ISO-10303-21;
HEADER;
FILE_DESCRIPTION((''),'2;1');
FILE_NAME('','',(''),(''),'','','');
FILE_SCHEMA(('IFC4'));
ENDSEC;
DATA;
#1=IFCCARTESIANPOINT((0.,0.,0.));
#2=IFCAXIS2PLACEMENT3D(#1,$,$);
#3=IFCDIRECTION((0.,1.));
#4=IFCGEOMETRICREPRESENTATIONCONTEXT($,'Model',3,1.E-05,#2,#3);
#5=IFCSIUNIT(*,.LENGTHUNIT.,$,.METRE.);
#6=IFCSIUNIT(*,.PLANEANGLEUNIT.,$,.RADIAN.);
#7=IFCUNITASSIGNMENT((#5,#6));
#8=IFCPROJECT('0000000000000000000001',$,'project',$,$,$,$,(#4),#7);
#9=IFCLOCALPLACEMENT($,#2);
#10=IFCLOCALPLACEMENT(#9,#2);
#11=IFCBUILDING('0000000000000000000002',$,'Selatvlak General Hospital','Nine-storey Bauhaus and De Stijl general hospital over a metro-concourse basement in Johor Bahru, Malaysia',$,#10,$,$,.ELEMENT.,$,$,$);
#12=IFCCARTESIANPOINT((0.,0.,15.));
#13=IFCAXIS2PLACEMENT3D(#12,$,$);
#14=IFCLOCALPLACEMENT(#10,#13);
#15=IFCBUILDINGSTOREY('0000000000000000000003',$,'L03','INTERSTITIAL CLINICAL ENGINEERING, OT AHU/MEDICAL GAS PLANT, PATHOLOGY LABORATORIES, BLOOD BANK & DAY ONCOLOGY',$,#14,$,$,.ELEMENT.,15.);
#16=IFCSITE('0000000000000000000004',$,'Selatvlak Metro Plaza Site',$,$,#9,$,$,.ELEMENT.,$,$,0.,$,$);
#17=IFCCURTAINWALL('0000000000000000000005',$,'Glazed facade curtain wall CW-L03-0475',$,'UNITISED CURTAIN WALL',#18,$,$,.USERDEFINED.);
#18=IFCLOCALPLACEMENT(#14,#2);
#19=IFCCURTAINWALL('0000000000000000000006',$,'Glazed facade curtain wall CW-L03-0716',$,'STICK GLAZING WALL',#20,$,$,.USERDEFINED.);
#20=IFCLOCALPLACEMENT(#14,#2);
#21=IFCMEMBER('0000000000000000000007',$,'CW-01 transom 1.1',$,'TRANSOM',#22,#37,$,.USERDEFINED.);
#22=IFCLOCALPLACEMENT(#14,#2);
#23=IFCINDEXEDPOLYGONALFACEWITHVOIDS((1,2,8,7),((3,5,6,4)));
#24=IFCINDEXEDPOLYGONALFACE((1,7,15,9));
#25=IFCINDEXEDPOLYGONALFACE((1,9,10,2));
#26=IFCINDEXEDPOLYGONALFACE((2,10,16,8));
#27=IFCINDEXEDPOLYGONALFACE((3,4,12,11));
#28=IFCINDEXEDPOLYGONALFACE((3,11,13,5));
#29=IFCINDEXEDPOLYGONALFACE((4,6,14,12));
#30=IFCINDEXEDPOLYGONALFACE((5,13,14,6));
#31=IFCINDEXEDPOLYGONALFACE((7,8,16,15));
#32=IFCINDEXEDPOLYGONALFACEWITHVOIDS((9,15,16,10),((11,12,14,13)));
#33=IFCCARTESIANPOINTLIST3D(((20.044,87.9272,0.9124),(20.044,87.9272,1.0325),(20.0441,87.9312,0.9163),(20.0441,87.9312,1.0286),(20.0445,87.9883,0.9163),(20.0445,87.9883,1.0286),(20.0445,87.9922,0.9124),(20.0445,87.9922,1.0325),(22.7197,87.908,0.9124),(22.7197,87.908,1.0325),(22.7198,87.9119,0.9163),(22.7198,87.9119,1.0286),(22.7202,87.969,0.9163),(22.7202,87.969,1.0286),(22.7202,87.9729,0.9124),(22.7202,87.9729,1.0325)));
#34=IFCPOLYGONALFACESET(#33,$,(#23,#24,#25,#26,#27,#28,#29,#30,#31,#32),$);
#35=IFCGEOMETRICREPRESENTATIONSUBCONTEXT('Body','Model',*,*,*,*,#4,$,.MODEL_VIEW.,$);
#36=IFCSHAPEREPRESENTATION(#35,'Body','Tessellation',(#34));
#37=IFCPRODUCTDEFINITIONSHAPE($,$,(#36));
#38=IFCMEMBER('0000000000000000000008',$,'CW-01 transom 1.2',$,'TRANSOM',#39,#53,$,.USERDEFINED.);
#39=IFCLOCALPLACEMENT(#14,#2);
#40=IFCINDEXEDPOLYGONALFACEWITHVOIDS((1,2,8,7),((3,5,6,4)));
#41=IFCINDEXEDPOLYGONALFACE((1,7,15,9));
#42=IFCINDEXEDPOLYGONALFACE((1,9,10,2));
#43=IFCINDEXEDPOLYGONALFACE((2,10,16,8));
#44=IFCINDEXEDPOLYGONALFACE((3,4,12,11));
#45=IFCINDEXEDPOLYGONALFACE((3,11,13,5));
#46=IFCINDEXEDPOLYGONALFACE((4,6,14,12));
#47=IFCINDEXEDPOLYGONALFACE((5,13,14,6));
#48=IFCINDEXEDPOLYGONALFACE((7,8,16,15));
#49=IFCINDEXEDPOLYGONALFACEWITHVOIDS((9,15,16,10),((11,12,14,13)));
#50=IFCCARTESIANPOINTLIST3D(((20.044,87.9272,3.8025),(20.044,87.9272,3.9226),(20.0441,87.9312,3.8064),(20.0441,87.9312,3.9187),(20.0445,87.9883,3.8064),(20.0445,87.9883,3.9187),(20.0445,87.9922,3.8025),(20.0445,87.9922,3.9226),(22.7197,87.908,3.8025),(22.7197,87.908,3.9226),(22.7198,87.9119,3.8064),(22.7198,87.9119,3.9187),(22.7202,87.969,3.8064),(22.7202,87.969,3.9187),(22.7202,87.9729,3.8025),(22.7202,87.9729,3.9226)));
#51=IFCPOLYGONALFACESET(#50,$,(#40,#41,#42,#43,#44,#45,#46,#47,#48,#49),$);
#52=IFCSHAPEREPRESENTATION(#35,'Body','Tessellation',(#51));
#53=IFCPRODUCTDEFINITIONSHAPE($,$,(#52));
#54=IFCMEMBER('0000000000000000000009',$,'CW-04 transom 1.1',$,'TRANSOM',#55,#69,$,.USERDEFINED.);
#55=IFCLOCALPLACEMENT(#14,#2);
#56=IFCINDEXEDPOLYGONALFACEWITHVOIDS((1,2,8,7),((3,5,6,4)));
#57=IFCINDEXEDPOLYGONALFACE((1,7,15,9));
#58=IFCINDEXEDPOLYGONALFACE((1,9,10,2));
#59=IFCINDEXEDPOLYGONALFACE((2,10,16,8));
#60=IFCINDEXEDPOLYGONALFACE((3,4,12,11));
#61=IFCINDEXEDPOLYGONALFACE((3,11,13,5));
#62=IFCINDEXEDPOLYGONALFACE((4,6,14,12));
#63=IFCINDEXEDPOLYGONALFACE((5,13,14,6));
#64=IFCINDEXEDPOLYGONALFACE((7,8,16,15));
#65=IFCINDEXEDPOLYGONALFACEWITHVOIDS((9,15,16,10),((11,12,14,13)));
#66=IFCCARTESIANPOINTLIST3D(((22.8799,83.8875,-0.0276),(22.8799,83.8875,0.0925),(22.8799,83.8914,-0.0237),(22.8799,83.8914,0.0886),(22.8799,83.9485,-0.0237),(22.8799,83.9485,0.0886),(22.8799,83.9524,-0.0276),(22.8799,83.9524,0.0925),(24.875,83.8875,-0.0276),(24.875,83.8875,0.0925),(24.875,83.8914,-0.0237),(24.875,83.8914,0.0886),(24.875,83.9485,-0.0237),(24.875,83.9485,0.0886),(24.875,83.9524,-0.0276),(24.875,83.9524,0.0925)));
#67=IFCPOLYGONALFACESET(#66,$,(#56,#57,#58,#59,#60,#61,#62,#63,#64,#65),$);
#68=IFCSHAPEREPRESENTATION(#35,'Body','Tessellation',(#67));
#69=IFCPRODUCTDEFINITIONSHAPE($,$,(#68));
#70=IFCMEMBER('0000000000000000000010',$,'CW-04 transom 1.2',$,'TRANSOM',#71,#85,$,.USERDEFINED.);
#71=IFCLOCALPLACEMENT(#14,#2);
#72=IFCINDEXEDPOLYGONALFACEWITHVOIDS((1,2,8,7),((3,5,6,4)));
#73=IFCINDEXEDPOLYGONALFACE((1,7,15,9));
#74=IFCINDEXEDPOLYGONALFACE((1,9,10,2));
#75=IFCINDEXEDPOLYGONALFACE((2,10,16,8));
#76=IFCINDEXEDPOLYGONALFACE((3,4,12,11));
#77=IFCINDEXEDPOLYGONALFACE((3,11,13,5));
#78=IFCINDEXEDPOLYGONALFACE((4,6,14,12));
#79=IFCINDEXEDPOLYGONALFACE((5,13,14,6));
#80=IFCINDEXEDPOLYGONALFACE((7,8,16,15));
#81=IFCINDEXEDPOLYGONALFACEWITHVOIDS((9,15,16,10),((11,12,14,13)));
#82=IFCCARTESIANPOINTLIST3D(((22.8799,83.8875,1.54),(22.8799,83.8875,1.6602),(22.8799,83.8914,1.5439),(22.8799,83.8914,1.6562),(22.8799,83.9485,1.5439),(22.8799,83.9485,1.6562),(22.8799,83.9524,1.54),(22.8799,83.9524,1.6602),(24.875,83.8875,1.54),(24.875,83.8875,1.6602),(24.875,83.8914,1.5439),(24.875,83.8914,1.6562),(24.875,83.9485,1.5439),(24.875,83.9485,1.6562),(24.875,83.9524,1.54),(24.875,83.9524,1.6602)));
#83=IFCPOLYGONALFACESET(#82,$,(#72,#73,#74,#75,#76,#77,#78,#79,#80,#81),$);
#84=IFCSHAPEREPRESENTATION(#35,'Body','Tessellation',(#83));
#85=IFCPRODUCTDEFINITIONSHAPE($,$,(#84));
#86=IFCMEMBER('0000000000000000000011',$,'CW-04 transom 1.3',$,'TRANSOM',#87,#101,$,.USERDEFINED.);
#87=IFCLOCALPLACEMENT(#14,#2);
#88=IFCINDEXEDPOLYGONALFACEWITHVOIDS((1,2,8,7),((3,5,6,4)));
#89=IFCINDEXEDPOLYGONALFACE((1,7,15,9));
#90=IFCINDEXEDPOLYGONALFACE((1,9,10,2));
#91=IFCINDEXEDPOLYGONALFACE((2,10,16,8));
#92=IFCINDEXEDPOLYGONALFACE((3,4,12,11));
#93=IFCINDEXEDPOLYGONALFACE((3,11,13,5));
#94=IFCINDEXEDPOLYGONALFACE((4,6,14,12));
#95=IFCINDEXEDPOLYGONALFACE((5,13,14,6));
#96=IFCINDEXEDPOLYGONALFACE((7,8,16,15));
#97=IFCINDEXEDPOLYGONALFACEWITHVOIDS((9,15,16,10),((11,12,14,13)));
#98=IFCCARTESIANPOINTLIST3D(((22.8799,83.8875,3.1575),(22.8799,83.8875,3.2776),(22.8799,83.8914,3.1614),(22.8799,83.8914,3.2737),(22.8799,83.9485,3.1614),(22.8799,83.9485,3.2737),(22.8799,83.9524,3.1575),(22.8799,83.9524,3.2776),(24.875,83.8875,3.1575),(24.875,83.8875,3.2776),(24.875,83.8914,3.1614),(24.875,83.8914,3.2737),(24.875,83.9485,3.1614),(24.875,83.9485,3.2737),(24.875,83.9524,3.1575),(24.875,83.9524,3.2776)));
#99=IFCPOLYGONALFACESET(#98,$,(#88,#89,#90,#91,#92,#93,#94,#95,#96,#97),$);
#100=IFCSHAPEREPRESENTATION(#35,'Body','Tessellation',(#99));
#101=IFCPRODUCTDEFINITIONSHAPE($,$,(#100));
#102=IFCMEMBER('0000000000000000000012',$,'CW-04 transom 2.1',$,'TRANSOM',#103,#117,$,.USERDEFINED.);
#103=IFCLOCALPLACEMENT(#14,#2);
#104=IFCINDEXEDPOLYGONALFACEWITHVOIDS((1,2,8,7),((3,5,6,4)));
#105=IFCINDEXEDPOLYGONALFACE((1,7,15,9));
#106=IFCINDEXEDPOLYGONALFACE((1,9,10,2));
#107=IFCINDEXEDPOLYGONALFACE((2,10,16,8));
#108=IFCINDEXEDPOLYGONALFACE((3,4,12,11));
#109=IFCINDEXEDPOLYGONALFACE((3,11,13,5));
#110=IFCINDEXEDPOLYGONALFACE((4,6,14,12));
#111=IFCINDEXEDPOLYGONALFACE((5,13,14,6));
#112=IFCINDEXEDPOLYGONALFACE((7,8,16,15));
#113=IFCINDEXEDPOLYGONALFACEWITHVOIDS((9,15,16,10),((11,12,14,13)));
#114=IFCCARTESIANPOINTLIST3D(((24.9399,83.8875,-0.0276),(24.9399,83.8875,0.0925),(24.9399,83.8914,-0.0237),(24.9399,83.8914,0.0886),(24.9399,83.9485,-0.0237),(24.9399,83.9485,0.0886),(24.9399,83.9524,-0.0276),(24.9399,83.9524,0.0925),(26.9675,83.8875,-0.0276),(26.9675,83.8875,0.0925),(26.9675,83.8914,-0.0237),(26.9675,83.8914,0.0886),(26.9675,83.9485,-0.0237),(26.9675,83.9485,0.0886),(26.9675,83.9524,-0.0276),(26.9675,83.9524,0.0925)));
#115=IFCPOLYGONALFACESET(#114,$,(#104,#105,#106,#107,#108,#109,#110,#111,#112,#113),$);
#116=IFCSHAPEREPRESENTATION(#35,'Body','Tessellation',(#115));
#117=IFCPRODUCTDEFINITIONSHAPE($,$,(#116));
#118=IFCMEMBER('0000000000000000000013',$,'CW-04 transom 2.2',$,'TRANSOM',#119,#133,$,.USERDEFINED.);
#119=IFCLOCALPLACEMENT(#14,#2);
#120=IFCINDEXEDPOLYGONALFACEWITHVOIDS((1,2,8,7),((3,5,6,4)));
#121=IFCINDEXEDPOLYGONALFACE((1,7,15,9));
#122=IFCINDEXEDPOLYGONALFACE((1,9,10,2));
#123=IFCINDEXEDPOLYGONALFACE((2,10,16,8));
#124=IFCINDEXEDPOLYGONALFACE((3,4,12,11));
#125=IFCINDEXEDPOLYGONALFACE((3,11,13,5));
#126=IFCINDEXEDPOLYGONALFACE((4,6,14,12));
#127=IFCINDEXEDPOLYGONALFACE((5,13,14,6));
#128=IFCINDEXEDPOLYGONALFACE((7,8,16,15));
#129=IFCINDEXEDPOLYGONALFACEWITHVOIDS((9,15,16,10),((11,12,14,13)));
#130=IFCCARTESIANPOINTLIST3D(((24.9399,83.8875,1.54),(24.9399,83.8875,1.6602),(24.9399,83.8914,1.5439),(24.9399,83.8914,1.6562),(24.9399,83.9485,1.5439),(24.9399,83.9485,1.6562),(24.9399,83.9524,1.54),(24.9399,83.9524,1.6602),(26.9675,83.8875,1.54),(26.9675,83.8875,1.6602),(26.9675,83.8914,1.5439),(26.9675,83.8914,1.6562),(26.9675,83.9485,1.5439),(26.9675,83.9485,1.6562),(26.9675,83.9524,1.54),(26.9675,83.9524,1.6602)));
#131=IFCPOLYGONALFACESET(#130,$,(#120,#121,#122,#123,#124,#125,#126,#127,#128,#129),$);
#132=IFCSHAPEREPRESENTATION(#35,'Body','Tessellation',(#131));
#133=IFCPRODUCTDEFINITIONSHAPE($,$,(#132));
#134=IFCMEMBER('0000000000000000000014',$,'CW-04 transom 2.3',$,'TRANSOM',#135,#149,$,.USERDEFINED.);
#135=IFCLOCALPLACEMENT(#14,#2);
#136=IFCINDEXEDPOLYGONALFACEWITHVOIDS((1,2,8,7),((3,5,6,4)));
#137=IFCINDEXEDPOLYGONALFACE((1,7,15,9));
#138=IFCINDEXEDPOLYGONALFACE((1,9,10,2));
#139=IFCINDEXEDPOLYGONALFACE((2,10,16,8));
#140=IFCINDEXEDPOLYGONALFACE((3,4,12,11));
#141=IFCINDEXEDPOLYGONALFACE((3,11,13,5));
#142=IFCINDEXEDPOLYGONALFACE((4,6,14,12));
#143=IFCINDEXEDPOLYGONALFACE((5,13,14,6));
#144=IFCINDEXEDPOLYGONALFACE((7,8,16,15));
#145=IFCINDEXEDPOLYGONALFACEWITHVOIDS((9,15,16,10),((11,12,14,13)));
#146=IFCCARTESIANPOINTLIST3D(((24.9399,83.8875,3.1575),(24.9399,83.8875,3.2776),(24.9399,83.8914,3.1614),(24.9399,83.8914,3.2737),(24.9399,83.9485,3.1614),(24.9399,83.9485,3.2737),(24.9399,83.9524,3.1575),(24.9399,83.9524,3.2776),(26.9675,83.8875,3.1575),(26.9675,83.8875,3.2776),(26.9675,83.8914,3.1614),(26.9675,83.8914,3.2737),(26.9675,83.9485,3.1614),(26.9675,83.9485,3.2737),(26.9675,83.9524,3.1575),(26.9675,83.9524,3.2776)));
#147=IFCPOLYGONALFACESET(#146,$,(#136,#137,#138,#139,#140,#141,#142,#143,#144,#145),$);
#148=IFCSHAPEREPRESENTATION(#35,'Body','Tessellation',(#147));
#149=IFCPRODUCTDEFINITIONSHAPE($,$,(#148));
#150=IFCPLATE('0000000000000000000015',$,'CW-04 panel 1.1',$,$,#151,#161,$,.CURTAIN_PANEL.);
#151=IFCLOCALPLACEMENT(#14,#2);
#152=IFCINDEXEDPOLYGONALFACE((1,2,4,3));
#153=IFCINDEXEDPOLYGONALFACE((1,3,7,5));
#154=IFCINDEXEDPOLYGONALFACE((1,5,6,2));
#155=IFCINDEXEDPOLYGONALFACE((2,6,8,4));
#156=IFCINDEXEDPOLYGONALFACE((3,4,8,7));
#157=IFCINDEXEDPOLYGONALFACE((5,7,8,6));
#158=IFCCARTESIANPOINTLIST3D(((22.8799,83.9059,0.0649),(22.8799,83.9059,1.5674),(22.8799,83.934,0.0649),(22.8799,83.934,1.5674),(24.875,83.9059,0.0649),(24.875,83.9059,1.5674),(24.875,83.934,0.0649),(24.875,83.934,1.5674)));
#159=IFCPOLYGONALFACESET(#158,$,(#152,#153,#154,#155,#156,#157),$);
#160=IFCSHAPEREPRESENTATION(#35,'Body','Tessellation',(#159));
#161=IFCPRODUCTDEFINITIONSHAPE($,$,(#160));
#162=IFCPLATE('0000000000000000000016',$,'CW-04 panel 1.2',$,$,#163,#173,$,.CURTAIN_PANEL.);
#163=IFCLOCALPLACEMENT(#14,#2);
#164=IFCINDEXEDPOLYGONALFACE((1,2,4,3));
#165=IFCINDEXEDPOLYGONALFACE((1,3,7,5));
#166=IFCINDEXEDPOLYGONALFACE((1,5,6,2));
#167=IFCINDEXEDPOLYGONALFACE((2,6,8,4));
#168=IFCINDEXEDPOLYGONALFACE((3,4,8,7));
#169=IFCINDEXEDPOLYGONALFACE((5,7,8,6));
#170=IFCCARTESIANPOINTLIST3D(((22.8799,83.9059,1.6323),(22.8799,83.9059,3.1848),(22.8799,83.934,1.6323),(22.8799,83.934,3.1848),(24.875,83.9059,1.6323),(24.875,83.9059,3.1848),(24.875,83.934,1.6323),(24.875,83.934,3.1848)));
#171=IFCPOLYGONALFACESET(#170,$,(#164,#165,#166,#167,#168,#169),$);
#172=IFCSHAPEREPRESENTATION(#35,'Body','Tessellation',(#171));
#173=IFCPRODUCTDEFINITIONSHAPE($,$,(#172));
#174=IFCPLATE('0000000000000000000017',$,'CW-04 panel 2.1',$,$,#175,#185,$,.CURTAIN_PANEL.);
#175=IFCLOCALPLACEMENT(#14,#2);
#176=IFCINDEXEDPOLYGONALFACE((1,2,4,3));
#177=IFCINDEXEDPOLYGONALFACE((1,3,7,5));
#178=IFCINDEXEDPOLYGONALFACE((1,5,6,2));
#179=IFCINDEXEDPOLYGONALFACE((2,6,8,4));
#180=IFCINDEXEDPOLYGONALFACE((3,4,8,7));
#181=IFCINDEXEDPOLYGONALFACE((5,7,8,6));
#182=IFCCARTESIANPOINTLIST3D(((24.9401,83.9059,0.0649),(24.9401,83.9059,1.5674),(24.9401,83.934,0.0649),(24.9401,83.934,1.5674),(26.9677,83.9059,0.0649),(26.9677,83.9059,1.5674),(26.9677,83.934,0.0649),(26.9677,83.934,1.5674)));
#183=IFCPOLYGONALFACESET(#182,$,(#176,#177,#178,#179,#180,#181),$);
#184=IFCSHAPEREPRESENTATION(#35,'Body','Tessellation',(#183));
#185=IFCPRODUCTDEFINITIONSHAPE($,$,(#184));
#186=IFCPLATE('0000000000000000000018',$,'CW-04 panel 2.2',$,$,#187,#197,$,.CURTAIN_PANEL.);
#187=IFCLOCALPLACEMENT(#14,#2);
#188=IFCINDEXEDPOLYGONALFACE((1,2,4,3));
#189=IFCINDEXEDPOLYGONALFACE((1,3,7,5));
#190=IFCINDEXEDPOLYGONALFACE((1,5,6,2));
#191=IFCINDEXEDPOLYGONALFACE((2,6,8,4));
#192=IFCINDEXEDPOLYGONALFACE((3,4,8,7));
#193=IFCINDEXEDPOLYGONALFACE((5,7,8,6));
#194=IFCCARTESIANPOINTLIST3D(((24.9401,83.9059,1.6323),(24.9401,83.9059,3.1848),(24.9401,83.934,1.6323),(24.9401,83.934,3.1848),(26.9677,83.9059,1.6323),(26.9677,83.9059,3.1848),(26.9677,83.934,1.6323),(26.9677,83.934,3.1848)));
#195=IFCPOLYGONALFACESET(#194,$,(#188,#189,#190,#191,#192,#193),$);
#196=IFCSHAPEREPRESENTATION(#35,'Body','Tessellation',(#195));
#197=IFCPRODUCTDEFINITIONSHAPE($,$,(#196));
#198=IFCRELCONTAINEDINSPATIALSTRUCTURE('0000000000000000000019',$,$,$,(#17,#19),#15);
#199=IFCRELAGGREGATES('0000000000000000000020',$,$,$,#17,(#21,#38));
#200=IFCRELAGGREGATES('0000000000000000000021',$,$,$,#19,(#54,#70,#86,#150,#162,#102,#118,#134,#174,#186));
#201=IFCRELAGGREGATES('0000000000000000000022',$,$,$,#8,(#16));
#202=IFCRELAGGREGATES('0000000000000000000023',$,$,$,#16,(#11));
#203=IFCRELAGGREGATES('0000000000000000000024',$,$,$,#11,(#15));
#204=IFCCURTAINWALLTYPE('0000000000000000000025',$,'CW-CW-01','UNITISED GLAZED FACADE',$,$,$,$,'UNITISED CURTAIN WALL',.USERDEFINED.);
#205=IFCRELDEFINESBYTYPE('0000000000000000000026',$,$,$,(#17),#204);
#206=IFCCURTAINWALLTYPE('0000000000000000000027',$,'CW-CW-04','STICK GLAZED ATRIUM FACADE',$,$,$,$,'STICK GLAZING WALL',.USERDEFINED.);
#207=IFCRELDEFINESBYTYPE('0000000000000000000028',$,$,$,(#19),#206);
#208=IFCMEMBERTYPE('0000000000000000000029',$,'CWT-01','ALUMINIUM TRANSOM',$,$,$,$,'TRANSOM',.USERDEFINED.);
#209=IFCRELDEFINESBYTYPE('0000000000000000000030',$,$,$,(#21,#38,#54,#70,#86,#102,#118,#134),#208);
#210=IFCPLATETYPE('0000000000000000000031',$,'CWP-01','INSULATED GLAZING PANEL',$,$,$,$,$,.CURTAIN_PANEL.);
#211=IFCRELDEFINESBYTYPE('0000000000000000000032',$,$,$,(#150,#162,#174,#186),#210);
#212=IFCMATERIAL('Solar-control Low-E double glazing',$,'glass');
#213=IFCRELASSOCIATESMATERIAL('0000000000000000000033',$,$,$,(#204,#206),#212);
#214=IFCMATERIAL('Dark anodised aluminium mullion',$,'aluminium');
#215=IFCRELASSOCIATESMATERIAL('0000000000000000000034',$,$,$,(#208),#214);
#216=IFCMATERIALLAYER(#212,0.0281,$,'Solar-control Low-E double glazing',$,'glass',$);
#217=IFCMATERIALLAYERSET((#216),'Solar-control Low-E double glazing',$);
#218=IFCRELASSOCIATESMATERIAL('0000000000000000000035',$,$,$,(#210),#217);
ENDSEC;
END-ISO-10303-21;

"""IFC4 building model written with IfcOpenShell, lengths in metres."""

from ifc_helpers import new_model, si_unit, direction, frame, origin, origin_2d, place, context, subcontext, project, spatial, rectangle, hollow_rectangle, extrude, material, layer, layer_set, material_profile, profile_set, type_object, element, aggregate, save


model = new_model("IFC4")

# Units and contexts
model_context = context("Model", 3, precision=1e-05, world=origin(), true_north=direction((0.0, 1.0)))
body_context = subcontext(model_context, "Body", "Model", "MODEL_VIEW")
ifc_project = project(units=[si_unit("LENGTHUNIT", "METRE"), si_unit("PLANEANGLEUNIT", "RADIAN")], contexts=[model_context])

# Site, building, storey
site_placement = place(None, origin())
site = spatial("IfcSite", under=ifc_project, at=site_placement, Name="Selatvlak Metro Plaza Site", CompositionType="ELEMENT", RefElevation=0.0)
building_placement = place(site_placement, origin())
building = spatial("IfcBuilding", under=site, at=building_placement, Name="Selatvlak General Hospital", Description="Nine-storey Bauhaus and De Stijl general hospital over a metro-concourse basement in Johor Bahru, Malaysia", CompositionType="ELEMENT")
storey_placement = place(building_placement, frame((0.0, 0.0, 15.0)))
storey = spatial("IfcBuildingStorey", under=building, at=storey_placement, Name="L03", Description="INTERSTITIAL CLINICAL ENGINEERING, OT AHU/MEDICAL GAS PLANT, PATHOLOGY LABORATORIES, BLOOD BANK & DAY ONCOLOGY", CompositionType="ELEMENT", Elevation=15.0)

# Curtain wall
ifc_material_1 = material(Name="Solar-control Low-E double glazing", Category="glass")
curtain_wall_type_1 = type_object("IfcCurtainWallType", Name="CW-CW-01", Description="UNITISED GLAZED FACADE", ElementType="UNITISED CURTAIN WALL", PredefinedType="USERDEFINED", material=ifc_material_1)
curtain_wall_1_placement = place(storey_placement, origin())
curtain_wall_1 = element("IfcCurtainWall", 1, at=curtain_wall_1_placement, inside=storey, type_object=curtain_wall_type_1, Name="Glazed facade curtain wall CW-L03-0475", ObjectType="UNITISED CURTAIN WALL", PredefinedType="USERDEFINED")
ifc_material_2 = material(Name="Dark anodised aluminium mullion", Category="aluminium")

# Curtain wall
curtain_wall_type_2 = type_object("IfcCurtainWallType", Name="CW-CW-04", Description="STICK GLAZED ATRIUM FACADE", ElementType="STICK GLAZING WALL", PredefinedType="USERDEFINED", material=ifc_material_1)
curtain_wall_2_placement = place(storey_placement, origin())
curtain_wall_2 = element("IfcCurtainWall", 2, at=curtain_wall_2_placement, inside=storey, type_object=curtain_wall_type_2, Name="Glazed facade curtain wall CW-L03-0716", ObjectType="STICK GLAZING WALL", PredefinedType="USERDEFINED")

# Members
ifc_material_profile_1 = material_profile(ifc_material_2, hollow_rectangle(XDim=0.0649, YDim=0.1201, WallThickness=0.0039, at=origin_2d()), Name="AL-TRN 65x120x4")
ifc_profile_set_1 = profile_set([ifc_material_profile_1], Name="Dark anodised aluminium mullion")
member_type_1 = type_object("IfcMemberType", Name="CWT-01", Description="ALUMINIUM TRANSOM", ElementType="TRANSOM", PredefinedType="USERDEFINED", material=ifc_profile_set_1)
member_1_placement = place(storey_placement, frame((22.72, 87.9404, 0.9724), z_axis=(-0.999974, 0.007208, 0.0), x_axis=(-0.007208, -0.999974, 0.0)))
member_1 = element("IfcMember", 3, at=member_1_placement, type_object=member_type_1, Name="CW-01 transom 1.1", ObjectType="TRANSOM", PredefinedType="USERDEFINED", context=body_context, shape_type="SweptSolid", body=[
    extrude(hollow_rectangle(XDim=0.0649, YDim=0.1201, WallThickness=0.0039, at=origin_2d()), origin(), (0.0, 0.0, 1.0), 2.6758),
])
member_2_placement = place(storey_placement, frame((22.72, 87.9404, 3.8625), z_axis=(-0.999974, 0.007208, 0.0), x_axis=(-0.007208, -0.999974, 0.0)))
member_2 = element("IfcMember", 4, at=member_2_placement, type_object=member_type_1, Name="CW-01 transom 1.2", ObjectType="TRANSOM", PredefinedType="USERDEFINED", context=body_context, shape_type="SweptSolid", body=[
    extrude(hollow_rectangle(XDim=0.0649, YDim=0.1201, WallThickness=0.0039, at=origin_2d()), origin(), (0.0, 0.0, 1.0), 2.6758),
])
aggregate(curtain_wall_1, [member_1, member_2])
member_3_placement = place(storey_placement, frame((22.8799, 83.9199, 0.0325), z_axis=(1.0, 0.0, 0.0), x_axis=(0.0, 1.0, 0.0)))
member_3 = element("IfcMember", 5, at=member_3_placement, type_object=member_type_1, Name="CW-04 transom 1.1", ObjectType="TRANSOM", PredefinedType="USERDEFINED", context=body_context, shape_type="SweptSolid", body=[
    extrude(hollow_rectangle(XDim=0.0649, YDim=0.1201, WallThickness=0.0039, at=origin_2d()), origin(), (0.0, 0.0, 1.0), 1.9951),
])
member_4_placement = place(storey_placement, frame((22.8799, 83.9199, 1.6001), z_axis=(1.0, 0.0, 0.0), x_axis=(0.0, 1.0, 0.0)))
member_4 = element("IfcMember", 6, at=member_4_placement, type_object=member_type_1, Name="CW-04 transom 1.2", ObjectType="TRANSOM", PredefinedType="USERDEFINED", context=body_context, shape_type="SweptSolid", body=[
    extrude(hollow_rectangle(XDim=0.0649, YDim=0.1201, WallThickness=0.0039, at=origin_2d()), origin(), (0.0, 0.0, 1.0), 1.9951),
])
member_5_placement = place(storey_placement, frame((22.8799, 83.9199, 3.2175), z_axis=(1.0, 0.0, 0.0), x_axis=(0.0, 1.0, 0.0)))
member_5 = element("IfcMember", 7, at=member_5_placement, type_object=member_type_1, Name="CW-04 transom 1.3", ObjectType="TRANSOM", PredefinedType="USERDEFINED", context=body_context, shape_type="SweptSolid", body=[
    extrude(hollow_rectangle(XDim=0.0649, YDim=0.1201, WallThickness=0.0039, at=origin_2d()), origin(), (0.0, 0.0, 1.0), 1.9951),
])
member_6_placement = place(storey_placement, frame((24.9399, 83.9199, 0.0325), z_axis=(1.0, 0.0, 0.0), x_axis=(0.0, 1.0, 0.0)))
member_6 = element("IfcMember", 8, at=member_6_placement, type_object=member_type_1, Name="CW-04 transom 2.1", ObjectType="TRANSOM", PredefinedType="USERDEFINED", context=body_context, shape_type="SweptSolid", body=[
    extrude(hollow_rectangle(XDim=0.0649, YDim=0.1201, WallThickness=0.0039, at=origin_2d()), origin(), (0.0, 0.0, 1.0), 2.0276),
])
member_7_placement = place(storey_placement, frame((24.9399, 83.9199, 1.6001), z_axis=(1.0, 0.0, 0.0), x_axis=(0.0, 1.0, 0.0)))
member_7 = element("IfcMember", 9, at=member_7_placement, type_object=member_type_1, Name="CW-04 transom 2.2", ObjectType="TRANSOM", PredefinedType="USERDEFINED", context=body_context, shape_type="SweptSolid", body=[
    extrude(hollow_rectangle(XDim=0.0649, YDim=0.1201, WallThickness=0.0039, at=origin_2d()), origin(), (0.0, 0.0, 1.0), 2.0276),
])
member_8_placement = place(storey_placement, frame((24.9399, 83.9199, 3.2175), z_axis=(1.0, 0.0, 0.0), x_axis=(0.0, 1.0, 0.0)))
member_8 = element("IfcMember", 10, at=member_8_placement, type_object=member_type_1, Name="CW-04 transom 2.3", ObjectType="TRANSOM", PredefinedType="USERDEFINED", context=body_context, shape_type="SweptSolid", body=[
    extrude(hollow_rectangle(XDim=0.0649, YDim=0.1201, WallThickness=0.0039, at=origin_2d()), origin(), (0.0, 0.0, 1.0), 2.0276),
])

# Plates
ifc_layer_1 = layer(ifc_material_1, 0.0281, Name="Solar-control Low-E double glazing", Category="glass")
ifc_layer_set_1 = layer_set([ifc_layer_1], Name="Solar-control Low-E double glazing")
plate_type_1 = type_object("IfcPlateType", Name="CWP-01", Description="INSULATED GLAZING PANEL", PredefinedType="CURTAIN_PANEL", material=ifc_layer_set_1)
plate_1_placement = place(storey_placement, frame((23.8774, 83.9199, 0.0649), z_axis=(0.0, 0.0, 1.0), x_axis=(1.0, 0.0, 0.0)))
plate_1 = element("IfcPlate", 11, at=plate_1_placement, type_object=plate_type_1, Name="CW-04 panel 1.1", PredefinedType="CURTAIN_PANEL", context=body_context, shape_type="SweptSolid", body=[
    extrude(rectangle(XDim=1.9951, YDim=0.0281, at=origin_2d()), origin(), (0.0, 0.0, 1.0), 1.5024),
])
plate_2_placement = place(storey_placement, frame((23.8774, 83.9199, 1.6323), z_axis=(0.0, 0.0, 1.0), x_axis=(1.0, 0.0, 0.0)))
plate_2 = element("IfcPlate", 12, at=plate_2_placement, type_object=plate_type_1, Name="CW-04 panel 1.2", PredefinedType="CURTAIN_PANEL", context=body_context, shape_type="SweptSolid", body=[
    extrude(rectangle(XDim=1.9951, YDim=0.0281, at=origin_2d()), origin(), (0.0, 0.0, 1.0), 1.5525),
])
plate_3_placement = place(storey_placement, frame((25.9539, 83.9199, 0.0649), z_axis=(0.0, 0.0, 1.0), x_axis=(1.0, 0.0, 0.0)))
plate_3 = element("IfcPlate", 13, at=plate_3_placement, type_object=plate_type_1, Name="CW-04 panel 2.1", PredefinedType="CURTAIN_PANEL", context=body_context, shape_type="SweptSolid", body=[
    extrude(rectangle(XDim=2.0276, YDim=0.0281, at=origin_2d()), origin(), (0.0, 0.0, 1.0), 1.5024),
])
plate_4_placement = place(storey_placement, frame((25.9539, 83.9199, 1.6323), z_axis=(0.0, 0.0, 1.0), x_axis=(1.0, 0.0, 0.0)))
plate_4 = element("IfcPlate", 14, at=plate_4_placement, type_object=plate_type_1, Name="CW-04 panel 2.2", PredefinedType="CURTAIN_PANEL", context=body_context, shape_type="SweptSolid", body=[
    extrude(rectangle(XDim=2.0276, YDim=0.0281, at=origin_2d()), origin(), (0.0, 0.0, 1.0), 1.5525),
])
aggregate(curtain_wall_2, [member_3, member_4, member_5, plate_1, plate_2, member_6, member_7, member_8, plate_3, plate_4])

save(model, "model.ifc")
